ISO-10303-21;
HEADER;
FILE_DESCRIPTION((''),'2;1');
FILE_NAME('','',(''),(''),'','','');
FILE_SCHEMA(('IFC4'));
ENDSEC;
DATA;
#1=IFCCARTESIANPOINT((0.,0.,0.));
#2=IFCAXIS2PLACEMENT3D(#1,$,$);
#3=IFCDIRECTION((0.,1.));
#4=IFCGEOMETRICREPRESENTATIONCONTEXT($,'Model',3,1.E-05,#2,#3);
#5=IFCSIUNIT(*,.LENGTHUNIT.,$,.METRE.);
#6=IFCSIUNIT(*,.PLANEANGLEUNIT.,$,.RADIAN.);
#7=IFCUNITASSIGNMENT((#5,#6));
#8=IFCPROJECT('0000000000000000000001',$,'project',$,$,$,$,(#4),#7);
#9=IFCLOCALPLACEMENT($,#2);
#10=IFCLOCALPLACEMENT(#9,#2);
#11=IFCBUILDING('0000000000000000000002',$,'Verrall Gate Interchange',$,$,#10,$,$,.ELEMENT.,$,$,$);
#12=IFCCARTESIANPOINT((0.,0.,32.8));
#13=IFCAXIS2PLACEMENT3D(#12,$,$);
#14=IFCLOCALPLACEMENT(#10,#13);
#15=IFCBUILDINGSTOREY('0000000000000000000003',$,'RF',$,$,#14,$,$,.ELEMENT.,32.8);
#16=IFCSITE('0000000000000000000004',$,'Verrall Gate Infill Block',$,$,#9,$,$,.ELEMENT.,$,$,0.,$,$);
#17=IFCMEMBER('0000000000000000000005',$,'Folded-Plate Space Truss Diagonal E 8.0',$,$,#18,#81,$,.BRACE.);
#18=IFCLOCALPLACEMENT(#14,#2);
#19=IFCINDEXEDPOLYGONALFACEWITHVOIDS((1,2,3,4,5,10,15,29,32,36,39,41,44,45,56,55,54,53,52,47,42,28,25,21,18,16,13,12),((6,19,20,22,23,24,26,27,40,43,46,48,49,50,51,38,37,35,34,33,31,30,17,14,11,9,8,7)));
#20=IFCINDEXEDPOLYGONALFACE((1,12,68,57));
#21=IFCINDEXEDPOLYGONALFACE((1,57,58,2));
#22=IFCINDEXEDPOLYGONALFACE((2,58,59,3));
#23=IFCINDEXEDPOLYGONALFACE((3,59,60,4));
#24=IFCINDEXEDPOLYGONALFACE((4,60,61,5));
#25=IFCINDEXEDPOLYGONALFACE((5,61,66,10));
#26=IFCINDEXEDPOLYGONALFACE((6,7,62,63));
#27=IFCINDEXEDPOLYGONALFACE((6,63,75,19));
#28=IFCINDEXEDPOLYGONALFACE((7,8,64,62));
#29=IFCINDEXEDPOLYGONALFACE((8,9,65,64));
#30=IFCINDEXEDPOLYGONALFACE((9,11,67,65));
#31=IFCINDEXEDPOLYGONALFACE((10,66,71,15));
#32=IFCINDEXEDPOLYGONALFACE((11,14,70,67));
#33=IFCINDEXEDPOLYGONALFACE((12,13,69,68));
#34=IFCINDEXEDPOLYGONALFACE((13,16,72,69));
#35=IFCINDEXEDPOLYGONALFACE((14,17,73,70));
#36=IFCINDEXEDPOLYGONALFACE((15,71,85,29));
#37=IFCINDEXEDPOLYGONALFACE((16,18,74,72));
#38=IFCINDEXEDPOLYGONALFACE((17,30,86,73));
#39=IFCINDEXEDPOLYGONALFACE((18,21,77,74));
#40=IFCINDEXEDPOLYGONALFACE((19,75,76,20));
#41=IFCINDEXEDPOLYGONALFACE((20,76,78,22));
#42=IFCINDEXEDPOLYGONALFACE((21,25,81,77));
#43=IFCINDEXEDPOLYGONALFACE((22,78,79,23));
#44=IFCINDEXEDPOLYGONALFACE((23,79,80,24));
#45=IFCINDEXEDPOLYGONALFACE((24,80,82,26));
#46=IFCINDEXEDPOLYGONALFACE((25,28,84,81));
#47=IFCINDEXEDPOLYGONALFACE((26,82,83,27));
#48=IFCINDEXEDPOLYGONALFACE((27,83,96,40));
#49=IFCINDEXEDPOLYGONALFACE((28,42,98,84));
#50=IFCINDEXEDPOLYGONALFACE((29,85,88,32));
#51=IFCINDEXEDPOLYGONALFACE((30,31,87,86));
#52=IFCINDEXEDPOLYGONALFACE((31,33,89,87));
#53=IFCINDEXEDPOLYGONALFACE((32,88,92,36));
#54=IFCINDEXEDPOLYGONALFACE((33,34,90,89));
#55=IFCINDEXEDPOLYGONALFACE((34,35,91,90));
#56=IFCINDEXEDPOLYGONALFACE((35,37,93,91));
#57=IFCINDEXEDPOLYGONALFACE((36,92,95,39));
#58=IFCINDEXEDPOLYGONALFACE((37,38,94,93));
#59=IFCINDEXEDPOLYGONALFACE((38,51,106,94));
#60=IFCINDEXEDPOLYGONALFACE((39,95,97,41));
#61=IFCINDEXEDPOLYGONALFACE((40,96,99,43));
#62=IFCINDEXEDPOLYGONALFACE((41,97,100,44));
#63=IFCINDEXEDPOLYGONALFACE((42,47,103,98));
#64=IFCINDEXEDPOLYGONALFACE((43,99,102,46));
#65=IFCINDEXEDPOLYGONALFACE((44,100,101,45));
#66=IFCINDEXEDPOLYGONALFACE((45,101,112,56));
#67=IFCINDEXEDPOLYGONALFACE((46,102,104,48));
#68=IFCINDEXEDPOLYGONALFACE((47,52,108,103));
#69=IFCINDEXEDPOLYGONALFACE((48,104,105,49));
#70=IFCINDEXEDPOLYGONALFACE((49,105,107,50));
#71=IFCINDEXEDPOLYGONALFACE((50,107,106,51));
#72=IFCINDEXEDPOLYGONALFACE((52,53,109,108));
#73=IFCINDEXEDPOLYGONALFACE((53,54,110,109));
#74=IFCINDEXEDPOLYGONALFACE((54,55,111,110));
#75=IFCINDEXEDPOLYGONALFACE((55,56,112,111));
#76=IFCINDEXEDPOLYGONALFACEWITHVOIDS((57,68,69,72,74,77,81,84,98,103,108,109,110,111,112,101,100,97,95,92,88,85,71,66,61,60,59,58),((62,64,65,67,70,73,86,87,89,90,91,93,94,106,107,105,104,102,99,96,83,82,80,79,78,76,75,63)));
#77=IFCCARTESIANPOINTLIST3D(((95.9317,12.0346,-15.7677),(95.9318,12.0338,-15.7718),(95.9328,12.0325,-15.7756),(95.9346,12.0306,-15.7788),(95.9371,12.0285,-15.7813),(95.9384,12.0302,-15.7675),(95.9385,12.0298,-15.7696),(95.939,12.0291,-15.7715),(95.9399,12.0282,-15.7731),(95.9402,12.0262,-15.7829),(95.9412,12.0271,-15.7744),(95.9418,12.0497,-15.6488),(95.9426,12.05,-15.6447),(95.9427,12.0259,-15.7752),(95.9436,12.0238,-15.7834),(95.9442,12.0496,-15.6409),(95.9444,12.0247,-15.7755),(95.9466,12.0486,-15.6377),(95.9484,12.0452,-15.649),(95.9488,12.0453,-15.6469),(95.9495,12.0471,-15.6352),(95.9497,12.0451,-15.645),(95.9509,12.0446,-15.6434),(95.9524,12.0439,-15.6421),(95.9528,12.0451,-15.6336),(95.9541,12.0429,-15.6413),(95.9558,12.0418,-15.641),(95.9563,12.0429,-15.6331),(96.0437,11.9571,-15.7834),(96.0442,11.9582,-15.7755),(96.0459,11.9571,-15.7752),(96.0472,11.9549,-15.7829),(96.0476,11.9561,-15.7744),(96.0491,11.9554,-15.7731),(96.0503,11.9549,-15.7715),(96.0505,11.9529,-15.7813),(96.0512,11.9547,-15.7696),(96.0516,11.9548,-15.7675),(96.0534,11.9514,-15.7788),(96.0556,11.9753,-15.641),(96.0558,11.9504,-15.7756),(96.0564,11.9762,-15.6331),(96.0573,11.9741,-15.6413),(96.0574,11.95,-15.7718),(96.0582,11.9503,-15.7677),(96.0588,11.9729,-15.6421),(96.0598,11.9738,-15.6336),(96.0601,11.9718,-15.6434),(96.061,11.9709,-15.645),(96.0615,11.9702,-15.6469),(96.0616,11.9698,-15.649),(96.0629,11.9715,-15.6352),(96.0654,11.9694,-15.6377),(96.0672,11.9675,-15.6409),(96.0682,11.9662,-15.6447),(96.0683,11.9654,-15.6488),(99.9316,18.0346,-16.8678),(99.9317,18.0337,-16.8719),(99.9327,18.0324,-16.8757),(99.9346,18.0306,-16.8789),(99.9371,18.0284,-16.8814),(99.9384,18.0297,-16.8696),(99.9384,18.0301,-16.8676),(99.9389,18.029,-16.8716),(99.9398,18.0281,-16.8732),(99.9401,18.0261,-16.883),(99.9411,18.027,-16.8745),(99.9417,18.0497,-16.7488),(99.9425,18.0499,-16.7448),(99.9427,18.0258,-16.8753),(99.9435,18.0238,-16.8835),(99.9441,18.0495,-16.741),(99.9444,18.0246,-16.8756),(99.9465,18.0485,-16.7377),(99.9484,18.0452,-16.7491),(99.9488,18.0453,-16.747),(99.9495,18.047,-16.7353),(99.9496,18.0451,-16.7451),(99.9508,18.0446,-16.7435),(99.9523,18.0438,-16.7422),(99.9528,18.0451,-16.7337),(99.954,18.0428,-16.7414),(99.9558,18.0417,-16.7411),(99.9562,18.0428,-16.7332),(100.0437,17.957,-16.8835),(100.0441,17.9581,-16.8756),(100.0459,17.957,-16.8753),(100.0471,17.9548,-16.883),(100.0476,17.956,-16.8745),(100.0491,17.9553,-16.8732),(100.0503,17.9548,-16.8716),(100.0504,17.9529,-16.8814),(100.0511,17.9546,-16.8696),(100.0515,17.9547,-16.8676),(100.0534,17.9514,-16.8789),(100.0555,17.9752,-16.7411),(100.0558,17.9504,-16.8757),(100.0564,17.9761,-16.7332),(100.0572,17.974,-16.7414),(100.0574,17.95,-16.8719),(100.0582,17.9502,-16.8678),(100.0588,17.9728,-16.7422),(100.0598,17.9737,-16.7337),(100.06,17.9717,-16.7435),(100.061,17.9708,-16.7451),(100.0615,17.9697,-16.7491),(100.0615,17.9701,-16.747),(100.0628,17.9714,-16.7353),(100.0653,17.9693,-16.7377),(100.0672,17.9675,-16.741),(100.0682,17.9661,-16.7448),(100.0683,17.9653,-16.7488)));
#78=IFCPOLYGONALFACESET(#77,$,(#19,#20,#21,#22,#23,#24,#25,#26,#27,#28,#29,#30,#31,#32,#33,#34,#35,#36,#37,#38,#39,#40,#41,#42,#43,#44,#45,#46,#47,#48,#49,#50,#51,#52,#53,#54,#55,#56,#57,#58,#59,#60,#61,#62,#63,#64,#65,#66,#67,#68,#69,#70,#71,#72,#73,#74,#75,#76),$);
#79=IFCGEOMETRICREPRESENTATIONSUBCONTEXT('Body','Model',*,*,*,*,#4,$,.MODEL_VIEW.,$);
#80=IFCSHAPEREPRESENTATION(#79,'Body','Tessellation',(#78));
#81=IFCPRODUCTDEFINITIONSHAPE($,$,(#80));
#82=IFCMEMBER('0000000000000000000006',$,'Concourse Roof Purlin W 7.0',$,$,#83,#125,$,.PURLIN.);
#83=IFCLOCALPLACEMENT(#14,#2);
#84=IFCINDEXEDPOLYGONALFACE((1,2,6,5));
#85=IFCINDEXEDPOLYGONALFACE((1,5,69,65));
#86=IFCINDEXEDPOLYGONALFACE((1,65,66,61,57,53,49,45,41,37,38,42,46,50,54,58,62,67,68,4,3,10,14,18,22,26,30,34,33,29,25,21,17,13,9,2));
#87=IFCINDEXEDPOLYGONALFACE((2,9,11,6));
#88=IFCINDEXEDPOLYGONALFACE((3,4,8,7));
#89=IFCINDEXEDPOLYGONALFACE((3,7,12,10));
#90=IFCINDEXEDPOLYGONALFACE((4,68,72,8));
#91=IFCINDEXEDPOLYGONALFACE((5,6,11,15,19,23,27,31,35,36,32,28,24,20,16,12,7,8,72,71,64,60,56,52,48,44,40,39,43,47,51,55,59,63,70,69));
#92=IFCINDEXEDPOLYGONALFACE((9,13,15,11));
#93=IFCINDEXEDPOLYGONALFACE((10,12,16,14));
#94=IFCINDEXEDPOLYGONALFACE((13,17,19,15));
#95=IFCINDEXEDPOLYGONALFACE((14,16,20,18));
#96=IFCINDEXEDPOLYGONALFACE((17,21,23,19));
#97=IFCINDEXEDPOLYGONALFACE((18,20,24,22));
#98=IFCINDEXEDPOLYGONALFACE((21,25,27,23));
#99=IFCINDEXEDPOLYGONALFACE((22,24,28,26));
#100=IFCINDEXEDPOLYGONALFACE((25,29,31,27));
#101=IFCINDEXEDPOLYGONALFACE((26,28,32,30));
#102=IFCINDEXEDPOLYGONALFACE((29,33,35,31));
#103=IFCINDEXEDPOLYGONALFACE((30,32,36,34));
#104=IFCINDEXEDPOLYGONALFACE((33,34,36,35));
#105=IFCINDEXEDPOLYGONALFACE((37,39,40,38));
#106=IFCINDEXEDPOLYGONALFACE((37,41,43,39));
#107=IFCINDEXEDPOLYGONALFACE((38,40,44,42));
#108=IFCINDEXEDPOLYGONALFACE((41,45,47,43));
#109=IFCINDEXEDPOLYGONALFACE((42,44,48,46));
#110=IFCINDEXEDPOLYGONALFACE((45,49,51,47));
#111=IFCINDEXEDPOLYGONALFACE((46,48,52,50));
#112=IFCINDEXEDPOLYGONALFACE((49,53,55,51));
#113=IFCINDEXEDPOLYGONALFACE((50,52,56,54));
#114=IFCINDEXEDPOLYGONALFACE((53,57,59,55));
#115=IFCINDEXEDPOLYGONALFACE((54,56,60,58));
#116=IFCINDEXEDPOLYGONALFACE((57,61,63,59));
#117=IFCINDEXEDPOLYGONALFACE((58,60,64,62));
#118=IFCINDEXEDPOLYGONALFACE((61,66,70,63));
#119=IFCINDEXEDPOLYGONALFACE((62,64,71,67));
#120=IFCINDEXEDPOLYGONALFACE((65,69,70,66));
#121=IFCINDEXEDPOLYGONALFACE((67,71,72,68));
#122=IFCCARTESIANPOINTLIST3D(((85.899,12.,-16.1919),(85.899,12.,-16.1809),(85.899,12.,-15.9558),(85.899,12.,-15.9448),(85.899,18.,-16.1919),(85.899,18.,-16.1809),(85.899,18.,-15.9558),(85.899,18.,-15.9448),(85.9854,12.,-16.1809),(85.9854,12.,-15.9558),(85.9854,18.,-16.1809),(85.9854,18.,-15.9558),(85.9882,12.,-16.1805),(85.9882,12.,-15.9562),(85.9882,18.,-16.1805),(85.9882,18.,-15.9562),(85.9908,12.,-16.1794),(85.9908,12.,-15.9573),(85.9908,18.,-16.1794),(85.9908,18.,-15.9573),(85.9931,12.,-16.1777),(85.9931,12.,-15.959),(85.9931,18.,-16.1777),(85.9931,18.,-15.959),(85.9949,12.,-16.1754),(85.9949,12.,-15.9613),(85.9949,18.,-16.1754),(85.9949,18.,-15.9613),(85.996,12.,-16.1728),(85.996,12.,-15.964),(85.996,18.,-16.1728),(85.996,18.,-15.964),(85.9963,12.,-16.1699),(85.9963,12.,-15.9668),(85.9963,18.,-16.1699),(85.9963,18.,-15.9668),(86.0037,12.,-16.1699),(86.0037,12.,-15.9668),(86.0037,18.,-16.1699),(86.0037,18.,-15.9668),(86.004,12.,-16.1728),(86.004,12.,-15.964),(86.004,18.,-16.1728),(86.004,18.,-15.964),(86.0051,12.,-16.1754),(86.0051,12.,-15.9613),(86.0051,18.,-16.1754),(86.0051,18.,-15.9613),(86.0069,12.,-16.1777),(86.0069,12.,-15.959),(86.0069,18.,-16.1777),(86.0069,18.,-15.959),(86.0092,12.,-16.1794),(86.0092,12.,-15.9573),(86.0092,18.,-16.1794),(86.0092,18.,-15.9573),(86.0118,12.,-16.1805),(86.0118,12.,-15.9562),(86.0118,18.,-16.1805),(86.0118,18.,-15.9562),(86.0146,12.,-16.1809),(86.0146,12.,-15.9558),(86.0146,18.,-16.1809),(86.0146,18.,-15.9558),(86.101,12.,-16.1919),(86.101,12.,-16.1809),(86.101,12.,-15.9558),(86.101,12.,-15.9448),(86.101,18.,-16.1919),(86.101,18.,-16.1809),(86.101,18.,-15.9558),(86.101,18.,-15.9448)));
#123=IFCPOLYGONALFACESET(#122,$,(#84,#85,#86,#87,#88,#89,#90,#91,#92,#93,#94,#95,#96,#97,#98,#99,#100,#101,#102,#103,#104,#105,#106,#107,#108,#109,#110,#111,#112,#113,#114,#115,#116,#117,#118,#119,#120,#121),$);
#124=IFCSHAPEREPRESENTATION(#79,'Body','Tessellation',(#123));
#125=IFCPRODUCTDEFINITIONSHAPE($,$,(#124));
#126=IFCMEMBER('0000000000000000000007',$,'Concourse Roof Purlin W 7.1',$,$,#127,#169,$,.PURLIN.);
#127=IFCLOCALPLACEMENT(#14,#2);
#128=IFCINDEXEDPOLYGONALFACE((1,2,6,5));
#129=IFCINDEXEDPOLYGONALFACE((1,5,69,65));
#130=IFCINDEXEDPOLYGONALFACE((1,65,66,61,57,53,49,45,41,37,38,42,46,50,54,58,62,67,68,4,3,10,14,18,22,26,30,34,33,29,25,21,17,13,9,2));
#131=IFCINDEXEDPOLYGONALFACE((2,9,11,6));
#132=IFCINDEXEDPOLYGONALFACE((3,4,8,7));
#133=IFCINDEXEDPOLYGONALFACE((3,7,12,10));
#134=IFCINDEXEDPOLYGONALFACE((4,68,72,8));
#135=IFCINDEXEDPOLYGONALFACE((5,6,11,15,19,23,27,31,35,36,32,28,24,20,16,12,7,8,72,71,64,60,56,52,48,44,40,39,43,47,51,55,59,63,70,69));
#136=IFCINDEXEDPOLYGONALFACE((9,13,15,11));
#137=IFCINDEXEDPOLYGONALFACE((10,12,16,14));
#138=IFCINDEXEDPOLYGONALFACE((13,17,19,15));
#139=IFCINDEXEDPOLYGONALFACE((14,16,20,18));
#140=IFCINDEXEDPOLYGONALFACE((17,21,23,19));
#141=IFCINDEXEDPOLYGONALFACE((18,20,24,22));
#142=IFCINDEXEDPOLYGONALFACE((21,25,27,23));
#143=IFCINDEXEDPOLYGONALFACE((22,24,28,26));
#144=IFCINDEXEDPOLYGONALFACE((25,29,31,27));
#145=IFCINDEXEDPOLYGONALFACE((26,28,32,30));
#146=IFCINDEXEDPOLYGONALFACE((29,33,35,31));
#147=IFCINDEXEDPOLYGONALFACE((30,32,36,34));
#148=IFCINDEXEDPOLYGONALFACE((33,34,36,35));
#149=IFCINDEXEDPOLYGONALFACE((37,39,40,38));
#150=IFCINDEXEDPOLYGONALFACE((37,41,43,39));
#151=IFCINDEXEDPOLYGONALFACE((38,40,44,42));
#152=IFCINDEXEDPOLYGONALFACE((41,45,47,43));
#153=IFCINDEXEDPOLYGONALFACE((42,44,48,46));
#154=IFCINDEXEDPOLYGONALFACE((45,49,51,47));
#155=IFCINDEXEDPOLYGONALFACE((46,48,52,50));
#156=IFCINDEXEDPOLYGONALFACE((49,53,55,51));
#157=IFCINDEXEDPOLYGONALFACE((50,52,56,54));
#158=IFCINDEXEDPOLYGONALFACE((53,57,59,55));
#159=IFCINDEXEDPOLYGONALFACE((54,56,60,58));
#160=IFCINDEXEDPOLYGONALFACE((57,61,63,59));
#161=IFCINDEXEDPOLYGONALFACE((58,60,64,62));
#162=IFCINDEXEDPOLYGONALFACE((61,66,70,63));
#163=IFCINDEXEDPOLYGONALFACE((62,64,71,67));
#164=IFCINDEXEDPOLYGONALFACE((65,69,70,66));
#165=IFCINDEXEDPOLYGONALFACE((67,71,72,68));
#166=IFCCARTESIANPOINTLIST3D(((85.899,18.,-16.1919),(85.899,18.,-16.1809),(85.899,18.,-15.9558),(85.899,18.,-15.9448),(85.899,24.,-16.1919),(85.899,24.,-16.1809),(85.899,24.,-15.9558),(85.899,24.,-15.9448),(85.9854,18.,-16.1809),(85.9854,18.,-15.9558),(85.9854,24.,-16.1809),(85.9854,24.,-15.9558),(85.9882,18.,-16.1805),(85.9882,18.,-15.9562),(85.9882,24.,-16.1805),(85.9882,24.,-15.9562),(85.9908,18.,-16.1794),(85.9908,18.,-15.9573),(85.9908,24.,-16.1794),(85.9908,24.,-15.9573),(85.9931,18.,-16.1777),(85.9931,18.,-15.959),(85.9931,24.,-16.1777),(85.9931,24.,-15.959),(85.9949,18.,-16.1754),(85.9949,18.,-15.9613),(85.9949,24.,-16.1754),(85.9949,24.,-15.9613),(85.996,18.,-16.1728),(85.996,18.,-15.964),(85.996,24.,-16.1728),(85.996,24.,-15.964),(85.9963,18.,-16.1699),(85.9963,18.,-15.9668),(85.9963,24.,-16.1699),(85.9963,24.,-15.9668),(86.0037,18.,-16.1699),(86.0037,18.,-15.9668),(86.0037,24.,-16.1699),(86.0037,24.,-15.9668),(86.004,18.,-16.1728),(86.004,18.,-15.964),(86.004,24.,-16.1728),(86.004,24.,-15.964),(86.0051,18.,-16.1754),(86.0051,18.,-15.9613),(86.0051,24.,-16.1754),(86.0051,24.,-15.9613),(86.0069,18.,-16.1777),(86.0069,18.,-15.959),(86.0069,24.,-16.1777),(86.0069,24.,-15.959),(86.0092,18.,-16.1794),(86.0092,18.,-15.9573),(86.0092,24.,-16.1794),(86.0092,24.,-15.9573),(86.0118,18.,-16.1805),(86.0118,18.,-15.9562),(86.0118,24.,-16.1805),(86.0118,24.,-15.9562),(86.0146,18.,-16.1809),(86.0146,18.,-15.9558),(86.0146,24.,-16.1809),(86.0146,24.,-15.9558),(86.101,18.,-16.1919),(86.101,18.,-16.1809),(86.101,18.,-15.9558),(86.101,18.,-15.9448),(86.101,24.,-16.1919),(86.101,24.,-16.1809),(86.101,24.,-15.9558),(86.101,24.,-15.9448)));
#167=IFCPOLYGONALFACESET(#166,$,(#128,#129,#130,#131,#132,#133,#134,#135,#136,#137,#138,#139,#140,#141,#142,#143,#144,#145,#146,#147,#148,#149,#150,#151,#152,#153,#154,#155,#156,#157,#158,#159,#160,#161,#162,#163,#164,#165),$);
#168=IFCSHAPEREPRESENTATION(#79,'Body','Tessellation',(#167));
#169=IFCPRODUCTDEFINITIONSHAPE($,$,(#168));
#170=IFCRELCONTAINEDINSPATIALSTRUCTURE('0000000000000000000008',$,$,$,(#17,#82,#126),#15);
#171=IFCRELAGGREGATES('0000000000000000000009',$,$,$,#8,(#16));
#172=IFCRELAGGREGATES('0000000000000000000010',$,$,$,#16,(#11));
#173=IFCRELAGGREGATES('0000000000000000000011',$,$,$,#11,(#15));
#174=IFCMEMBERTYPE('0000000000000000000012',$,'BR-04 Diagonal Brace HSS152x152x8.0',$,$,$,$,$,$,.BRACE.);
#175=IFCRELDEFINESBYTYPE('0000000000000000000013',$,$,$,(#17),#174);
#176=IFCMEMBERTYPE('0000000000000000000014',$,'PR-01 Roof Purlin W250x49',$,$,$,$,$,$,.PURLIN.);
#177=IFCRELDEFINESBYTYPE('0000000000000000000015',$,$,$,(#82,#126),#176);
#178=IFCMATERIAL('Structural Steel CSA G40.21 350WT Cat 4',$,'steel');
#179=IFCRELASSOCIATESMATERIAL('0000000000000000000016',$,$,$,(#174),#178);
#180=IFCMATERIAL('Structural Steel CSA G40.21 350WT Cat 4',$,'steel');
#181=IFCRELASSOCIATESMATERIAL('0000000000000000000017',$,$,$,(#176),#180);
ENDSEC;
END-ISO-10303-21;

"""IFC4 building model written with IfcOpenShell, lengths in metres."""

from ifc_helpers import new_model, si_unit, direction, frame, origin, origin_2d, place, context, subcontext, project, spatial, hollow_rectangle, i_section, extrude, material, material_profile, profile_set, type_object, element, save


model = new_model("IFC4")

# Units and contexts
model_context = context("Model", 3, precision=1e-05, world=origin(), true_north=direction((0.0, 1.0)))
body_context = subcontext(model_context, "Body", "Model", "MODEL_VIEW")
ifc_project = project(units=[si_unit("LENGTHUNIT", "METRE"), si_unit("PLANEANGLEUNIT", "RADIAN")], contexts=[model_context])

# Site, building, storey
site_placement = place(None, origin())
site = spatial("IfcSite", under=ifc_project, at=site_placement, Name="Verrall Gate Infill Block", CompositionType="ELEMENT", RefElevation=0.0)
building_placement = place(site_placement, origin())
building = spatial("IfcBuilding", under=site, at=building_placement, Name="Verrall Gate Interchange", CompositionType="ELEMENT")
storey_placement = place(building_placement, frame((0.0, 0.0, 32.8)))
storey = spatial("IfcBuildingStorey", under=building, at=storey_placement, Name="RF", CompositionType="ELEMENT", Elevation=32.8)

# Members
ifc_material_1 = material(Name="Structural Steel CSA G40.21 350WT Cat 4", Category="steel")
ifc_material_profile_1 = material_profile(ifc_material_1, hollow_rectangle(XDim=0.1521, YDim=0.1521, WallThickness=0.0081, InnerFilletRadius=0.0081, OuterFilletRadius=0.0159, at=origin_2d()), Name="HSS152x152x8.0")
ifc_profile_set_1 = profile_set([ifc_material_profile_1], Name="Structural Steel CSA G40.21 350WT Cat 4")
member_type_1 = type_object("IfcMemberType", Name="BR-04 Diagonal Brace HSS152x152x8.0", PredefinedType="BRACE", material=ifc_profile_set_1)
for number, where, z_axis, x_axis, name in (
    (1, (96.0, 12.0, -15.7083), (0.548356, 0.822534, -0.150811), (-0.83205, 0.5547, 0.0), "Folded-Plate Space Truss Diagonal E 8.0"),
):
    element("IfcMember", number, at=place(storey_placement, frame(where, z_axis=z_axis, x_axis=x_axis)), inside=storey, type_object=member_type_1, Name=name, PredefinedType="BRACE", context=body_context, shape_type="SweptSolid", body=[
        extrude(hollow_rectangle(XDim=0.1521, YDim=0.1521, WallThickness=0.0081, InnerFilletRadius=0.0081, OuterFilletRadius=0.0159, at=origin_2d()), origin(), (0.0, 0.0, 1.0), 7.2944),
    ])
ifc_material_2 = material(Name="Structural Steel CSA G40.21 350WT Cat 4", Category="steel")
ifc_material_profile_2 = material_profile(ifc_material_2, i_section(OverallWidth=0.2019, OverallDepth=0.2471, WebThickness=0.0073, FlangeThickness=0.011, FilletRadius=0.011, at=origin_2d()), Name="W250x49")
ifc_profile_set_2 = profile_set([ifc_material_profile_2], Name="Structural Steel CSA G40.21 350WT Cat 4")
member_type_2 = type_object("IfcMemberType", Name="PR-01 Roof Purlin W250x49", PredefinedType="PURLIN", material=ifc_profile_set_2)
for number, where, z_axis, x_axis, name in (
    (2, (86.0, 12.0, -16.0684), (0.0, 1.0, 0.0), (-1.0, 0.0, 0.0), "Concourse Roof Purlin W 7.0"),
    (3, (86.0, 18.0, -16.0684), (0.0, 1.0, 0.0), (-1.0, 0.0, 0.0), "Concourse Roof Purlin W 7.1"),
):
    element("IfcMember", number, at=place(storey_placement, frame(where, z_axis=z_axis, x_axis=x_axis)), inside=storey, type_object=member_type_2, Name=name, PredefinedType="PURLIN", context=body_context, shape_type="SweptSolid", body=[
        extrude(i_section(OverallWidth=0.2019, OverallDepth=0.2471, WebThickness=0.0073, FlangeThickness=0.011, FilletRadius=0.011, at=origin_2d()), origin(), (0.0, 0.0, 1.0), 6.0),
    ])

save(model, "model.ifc")
